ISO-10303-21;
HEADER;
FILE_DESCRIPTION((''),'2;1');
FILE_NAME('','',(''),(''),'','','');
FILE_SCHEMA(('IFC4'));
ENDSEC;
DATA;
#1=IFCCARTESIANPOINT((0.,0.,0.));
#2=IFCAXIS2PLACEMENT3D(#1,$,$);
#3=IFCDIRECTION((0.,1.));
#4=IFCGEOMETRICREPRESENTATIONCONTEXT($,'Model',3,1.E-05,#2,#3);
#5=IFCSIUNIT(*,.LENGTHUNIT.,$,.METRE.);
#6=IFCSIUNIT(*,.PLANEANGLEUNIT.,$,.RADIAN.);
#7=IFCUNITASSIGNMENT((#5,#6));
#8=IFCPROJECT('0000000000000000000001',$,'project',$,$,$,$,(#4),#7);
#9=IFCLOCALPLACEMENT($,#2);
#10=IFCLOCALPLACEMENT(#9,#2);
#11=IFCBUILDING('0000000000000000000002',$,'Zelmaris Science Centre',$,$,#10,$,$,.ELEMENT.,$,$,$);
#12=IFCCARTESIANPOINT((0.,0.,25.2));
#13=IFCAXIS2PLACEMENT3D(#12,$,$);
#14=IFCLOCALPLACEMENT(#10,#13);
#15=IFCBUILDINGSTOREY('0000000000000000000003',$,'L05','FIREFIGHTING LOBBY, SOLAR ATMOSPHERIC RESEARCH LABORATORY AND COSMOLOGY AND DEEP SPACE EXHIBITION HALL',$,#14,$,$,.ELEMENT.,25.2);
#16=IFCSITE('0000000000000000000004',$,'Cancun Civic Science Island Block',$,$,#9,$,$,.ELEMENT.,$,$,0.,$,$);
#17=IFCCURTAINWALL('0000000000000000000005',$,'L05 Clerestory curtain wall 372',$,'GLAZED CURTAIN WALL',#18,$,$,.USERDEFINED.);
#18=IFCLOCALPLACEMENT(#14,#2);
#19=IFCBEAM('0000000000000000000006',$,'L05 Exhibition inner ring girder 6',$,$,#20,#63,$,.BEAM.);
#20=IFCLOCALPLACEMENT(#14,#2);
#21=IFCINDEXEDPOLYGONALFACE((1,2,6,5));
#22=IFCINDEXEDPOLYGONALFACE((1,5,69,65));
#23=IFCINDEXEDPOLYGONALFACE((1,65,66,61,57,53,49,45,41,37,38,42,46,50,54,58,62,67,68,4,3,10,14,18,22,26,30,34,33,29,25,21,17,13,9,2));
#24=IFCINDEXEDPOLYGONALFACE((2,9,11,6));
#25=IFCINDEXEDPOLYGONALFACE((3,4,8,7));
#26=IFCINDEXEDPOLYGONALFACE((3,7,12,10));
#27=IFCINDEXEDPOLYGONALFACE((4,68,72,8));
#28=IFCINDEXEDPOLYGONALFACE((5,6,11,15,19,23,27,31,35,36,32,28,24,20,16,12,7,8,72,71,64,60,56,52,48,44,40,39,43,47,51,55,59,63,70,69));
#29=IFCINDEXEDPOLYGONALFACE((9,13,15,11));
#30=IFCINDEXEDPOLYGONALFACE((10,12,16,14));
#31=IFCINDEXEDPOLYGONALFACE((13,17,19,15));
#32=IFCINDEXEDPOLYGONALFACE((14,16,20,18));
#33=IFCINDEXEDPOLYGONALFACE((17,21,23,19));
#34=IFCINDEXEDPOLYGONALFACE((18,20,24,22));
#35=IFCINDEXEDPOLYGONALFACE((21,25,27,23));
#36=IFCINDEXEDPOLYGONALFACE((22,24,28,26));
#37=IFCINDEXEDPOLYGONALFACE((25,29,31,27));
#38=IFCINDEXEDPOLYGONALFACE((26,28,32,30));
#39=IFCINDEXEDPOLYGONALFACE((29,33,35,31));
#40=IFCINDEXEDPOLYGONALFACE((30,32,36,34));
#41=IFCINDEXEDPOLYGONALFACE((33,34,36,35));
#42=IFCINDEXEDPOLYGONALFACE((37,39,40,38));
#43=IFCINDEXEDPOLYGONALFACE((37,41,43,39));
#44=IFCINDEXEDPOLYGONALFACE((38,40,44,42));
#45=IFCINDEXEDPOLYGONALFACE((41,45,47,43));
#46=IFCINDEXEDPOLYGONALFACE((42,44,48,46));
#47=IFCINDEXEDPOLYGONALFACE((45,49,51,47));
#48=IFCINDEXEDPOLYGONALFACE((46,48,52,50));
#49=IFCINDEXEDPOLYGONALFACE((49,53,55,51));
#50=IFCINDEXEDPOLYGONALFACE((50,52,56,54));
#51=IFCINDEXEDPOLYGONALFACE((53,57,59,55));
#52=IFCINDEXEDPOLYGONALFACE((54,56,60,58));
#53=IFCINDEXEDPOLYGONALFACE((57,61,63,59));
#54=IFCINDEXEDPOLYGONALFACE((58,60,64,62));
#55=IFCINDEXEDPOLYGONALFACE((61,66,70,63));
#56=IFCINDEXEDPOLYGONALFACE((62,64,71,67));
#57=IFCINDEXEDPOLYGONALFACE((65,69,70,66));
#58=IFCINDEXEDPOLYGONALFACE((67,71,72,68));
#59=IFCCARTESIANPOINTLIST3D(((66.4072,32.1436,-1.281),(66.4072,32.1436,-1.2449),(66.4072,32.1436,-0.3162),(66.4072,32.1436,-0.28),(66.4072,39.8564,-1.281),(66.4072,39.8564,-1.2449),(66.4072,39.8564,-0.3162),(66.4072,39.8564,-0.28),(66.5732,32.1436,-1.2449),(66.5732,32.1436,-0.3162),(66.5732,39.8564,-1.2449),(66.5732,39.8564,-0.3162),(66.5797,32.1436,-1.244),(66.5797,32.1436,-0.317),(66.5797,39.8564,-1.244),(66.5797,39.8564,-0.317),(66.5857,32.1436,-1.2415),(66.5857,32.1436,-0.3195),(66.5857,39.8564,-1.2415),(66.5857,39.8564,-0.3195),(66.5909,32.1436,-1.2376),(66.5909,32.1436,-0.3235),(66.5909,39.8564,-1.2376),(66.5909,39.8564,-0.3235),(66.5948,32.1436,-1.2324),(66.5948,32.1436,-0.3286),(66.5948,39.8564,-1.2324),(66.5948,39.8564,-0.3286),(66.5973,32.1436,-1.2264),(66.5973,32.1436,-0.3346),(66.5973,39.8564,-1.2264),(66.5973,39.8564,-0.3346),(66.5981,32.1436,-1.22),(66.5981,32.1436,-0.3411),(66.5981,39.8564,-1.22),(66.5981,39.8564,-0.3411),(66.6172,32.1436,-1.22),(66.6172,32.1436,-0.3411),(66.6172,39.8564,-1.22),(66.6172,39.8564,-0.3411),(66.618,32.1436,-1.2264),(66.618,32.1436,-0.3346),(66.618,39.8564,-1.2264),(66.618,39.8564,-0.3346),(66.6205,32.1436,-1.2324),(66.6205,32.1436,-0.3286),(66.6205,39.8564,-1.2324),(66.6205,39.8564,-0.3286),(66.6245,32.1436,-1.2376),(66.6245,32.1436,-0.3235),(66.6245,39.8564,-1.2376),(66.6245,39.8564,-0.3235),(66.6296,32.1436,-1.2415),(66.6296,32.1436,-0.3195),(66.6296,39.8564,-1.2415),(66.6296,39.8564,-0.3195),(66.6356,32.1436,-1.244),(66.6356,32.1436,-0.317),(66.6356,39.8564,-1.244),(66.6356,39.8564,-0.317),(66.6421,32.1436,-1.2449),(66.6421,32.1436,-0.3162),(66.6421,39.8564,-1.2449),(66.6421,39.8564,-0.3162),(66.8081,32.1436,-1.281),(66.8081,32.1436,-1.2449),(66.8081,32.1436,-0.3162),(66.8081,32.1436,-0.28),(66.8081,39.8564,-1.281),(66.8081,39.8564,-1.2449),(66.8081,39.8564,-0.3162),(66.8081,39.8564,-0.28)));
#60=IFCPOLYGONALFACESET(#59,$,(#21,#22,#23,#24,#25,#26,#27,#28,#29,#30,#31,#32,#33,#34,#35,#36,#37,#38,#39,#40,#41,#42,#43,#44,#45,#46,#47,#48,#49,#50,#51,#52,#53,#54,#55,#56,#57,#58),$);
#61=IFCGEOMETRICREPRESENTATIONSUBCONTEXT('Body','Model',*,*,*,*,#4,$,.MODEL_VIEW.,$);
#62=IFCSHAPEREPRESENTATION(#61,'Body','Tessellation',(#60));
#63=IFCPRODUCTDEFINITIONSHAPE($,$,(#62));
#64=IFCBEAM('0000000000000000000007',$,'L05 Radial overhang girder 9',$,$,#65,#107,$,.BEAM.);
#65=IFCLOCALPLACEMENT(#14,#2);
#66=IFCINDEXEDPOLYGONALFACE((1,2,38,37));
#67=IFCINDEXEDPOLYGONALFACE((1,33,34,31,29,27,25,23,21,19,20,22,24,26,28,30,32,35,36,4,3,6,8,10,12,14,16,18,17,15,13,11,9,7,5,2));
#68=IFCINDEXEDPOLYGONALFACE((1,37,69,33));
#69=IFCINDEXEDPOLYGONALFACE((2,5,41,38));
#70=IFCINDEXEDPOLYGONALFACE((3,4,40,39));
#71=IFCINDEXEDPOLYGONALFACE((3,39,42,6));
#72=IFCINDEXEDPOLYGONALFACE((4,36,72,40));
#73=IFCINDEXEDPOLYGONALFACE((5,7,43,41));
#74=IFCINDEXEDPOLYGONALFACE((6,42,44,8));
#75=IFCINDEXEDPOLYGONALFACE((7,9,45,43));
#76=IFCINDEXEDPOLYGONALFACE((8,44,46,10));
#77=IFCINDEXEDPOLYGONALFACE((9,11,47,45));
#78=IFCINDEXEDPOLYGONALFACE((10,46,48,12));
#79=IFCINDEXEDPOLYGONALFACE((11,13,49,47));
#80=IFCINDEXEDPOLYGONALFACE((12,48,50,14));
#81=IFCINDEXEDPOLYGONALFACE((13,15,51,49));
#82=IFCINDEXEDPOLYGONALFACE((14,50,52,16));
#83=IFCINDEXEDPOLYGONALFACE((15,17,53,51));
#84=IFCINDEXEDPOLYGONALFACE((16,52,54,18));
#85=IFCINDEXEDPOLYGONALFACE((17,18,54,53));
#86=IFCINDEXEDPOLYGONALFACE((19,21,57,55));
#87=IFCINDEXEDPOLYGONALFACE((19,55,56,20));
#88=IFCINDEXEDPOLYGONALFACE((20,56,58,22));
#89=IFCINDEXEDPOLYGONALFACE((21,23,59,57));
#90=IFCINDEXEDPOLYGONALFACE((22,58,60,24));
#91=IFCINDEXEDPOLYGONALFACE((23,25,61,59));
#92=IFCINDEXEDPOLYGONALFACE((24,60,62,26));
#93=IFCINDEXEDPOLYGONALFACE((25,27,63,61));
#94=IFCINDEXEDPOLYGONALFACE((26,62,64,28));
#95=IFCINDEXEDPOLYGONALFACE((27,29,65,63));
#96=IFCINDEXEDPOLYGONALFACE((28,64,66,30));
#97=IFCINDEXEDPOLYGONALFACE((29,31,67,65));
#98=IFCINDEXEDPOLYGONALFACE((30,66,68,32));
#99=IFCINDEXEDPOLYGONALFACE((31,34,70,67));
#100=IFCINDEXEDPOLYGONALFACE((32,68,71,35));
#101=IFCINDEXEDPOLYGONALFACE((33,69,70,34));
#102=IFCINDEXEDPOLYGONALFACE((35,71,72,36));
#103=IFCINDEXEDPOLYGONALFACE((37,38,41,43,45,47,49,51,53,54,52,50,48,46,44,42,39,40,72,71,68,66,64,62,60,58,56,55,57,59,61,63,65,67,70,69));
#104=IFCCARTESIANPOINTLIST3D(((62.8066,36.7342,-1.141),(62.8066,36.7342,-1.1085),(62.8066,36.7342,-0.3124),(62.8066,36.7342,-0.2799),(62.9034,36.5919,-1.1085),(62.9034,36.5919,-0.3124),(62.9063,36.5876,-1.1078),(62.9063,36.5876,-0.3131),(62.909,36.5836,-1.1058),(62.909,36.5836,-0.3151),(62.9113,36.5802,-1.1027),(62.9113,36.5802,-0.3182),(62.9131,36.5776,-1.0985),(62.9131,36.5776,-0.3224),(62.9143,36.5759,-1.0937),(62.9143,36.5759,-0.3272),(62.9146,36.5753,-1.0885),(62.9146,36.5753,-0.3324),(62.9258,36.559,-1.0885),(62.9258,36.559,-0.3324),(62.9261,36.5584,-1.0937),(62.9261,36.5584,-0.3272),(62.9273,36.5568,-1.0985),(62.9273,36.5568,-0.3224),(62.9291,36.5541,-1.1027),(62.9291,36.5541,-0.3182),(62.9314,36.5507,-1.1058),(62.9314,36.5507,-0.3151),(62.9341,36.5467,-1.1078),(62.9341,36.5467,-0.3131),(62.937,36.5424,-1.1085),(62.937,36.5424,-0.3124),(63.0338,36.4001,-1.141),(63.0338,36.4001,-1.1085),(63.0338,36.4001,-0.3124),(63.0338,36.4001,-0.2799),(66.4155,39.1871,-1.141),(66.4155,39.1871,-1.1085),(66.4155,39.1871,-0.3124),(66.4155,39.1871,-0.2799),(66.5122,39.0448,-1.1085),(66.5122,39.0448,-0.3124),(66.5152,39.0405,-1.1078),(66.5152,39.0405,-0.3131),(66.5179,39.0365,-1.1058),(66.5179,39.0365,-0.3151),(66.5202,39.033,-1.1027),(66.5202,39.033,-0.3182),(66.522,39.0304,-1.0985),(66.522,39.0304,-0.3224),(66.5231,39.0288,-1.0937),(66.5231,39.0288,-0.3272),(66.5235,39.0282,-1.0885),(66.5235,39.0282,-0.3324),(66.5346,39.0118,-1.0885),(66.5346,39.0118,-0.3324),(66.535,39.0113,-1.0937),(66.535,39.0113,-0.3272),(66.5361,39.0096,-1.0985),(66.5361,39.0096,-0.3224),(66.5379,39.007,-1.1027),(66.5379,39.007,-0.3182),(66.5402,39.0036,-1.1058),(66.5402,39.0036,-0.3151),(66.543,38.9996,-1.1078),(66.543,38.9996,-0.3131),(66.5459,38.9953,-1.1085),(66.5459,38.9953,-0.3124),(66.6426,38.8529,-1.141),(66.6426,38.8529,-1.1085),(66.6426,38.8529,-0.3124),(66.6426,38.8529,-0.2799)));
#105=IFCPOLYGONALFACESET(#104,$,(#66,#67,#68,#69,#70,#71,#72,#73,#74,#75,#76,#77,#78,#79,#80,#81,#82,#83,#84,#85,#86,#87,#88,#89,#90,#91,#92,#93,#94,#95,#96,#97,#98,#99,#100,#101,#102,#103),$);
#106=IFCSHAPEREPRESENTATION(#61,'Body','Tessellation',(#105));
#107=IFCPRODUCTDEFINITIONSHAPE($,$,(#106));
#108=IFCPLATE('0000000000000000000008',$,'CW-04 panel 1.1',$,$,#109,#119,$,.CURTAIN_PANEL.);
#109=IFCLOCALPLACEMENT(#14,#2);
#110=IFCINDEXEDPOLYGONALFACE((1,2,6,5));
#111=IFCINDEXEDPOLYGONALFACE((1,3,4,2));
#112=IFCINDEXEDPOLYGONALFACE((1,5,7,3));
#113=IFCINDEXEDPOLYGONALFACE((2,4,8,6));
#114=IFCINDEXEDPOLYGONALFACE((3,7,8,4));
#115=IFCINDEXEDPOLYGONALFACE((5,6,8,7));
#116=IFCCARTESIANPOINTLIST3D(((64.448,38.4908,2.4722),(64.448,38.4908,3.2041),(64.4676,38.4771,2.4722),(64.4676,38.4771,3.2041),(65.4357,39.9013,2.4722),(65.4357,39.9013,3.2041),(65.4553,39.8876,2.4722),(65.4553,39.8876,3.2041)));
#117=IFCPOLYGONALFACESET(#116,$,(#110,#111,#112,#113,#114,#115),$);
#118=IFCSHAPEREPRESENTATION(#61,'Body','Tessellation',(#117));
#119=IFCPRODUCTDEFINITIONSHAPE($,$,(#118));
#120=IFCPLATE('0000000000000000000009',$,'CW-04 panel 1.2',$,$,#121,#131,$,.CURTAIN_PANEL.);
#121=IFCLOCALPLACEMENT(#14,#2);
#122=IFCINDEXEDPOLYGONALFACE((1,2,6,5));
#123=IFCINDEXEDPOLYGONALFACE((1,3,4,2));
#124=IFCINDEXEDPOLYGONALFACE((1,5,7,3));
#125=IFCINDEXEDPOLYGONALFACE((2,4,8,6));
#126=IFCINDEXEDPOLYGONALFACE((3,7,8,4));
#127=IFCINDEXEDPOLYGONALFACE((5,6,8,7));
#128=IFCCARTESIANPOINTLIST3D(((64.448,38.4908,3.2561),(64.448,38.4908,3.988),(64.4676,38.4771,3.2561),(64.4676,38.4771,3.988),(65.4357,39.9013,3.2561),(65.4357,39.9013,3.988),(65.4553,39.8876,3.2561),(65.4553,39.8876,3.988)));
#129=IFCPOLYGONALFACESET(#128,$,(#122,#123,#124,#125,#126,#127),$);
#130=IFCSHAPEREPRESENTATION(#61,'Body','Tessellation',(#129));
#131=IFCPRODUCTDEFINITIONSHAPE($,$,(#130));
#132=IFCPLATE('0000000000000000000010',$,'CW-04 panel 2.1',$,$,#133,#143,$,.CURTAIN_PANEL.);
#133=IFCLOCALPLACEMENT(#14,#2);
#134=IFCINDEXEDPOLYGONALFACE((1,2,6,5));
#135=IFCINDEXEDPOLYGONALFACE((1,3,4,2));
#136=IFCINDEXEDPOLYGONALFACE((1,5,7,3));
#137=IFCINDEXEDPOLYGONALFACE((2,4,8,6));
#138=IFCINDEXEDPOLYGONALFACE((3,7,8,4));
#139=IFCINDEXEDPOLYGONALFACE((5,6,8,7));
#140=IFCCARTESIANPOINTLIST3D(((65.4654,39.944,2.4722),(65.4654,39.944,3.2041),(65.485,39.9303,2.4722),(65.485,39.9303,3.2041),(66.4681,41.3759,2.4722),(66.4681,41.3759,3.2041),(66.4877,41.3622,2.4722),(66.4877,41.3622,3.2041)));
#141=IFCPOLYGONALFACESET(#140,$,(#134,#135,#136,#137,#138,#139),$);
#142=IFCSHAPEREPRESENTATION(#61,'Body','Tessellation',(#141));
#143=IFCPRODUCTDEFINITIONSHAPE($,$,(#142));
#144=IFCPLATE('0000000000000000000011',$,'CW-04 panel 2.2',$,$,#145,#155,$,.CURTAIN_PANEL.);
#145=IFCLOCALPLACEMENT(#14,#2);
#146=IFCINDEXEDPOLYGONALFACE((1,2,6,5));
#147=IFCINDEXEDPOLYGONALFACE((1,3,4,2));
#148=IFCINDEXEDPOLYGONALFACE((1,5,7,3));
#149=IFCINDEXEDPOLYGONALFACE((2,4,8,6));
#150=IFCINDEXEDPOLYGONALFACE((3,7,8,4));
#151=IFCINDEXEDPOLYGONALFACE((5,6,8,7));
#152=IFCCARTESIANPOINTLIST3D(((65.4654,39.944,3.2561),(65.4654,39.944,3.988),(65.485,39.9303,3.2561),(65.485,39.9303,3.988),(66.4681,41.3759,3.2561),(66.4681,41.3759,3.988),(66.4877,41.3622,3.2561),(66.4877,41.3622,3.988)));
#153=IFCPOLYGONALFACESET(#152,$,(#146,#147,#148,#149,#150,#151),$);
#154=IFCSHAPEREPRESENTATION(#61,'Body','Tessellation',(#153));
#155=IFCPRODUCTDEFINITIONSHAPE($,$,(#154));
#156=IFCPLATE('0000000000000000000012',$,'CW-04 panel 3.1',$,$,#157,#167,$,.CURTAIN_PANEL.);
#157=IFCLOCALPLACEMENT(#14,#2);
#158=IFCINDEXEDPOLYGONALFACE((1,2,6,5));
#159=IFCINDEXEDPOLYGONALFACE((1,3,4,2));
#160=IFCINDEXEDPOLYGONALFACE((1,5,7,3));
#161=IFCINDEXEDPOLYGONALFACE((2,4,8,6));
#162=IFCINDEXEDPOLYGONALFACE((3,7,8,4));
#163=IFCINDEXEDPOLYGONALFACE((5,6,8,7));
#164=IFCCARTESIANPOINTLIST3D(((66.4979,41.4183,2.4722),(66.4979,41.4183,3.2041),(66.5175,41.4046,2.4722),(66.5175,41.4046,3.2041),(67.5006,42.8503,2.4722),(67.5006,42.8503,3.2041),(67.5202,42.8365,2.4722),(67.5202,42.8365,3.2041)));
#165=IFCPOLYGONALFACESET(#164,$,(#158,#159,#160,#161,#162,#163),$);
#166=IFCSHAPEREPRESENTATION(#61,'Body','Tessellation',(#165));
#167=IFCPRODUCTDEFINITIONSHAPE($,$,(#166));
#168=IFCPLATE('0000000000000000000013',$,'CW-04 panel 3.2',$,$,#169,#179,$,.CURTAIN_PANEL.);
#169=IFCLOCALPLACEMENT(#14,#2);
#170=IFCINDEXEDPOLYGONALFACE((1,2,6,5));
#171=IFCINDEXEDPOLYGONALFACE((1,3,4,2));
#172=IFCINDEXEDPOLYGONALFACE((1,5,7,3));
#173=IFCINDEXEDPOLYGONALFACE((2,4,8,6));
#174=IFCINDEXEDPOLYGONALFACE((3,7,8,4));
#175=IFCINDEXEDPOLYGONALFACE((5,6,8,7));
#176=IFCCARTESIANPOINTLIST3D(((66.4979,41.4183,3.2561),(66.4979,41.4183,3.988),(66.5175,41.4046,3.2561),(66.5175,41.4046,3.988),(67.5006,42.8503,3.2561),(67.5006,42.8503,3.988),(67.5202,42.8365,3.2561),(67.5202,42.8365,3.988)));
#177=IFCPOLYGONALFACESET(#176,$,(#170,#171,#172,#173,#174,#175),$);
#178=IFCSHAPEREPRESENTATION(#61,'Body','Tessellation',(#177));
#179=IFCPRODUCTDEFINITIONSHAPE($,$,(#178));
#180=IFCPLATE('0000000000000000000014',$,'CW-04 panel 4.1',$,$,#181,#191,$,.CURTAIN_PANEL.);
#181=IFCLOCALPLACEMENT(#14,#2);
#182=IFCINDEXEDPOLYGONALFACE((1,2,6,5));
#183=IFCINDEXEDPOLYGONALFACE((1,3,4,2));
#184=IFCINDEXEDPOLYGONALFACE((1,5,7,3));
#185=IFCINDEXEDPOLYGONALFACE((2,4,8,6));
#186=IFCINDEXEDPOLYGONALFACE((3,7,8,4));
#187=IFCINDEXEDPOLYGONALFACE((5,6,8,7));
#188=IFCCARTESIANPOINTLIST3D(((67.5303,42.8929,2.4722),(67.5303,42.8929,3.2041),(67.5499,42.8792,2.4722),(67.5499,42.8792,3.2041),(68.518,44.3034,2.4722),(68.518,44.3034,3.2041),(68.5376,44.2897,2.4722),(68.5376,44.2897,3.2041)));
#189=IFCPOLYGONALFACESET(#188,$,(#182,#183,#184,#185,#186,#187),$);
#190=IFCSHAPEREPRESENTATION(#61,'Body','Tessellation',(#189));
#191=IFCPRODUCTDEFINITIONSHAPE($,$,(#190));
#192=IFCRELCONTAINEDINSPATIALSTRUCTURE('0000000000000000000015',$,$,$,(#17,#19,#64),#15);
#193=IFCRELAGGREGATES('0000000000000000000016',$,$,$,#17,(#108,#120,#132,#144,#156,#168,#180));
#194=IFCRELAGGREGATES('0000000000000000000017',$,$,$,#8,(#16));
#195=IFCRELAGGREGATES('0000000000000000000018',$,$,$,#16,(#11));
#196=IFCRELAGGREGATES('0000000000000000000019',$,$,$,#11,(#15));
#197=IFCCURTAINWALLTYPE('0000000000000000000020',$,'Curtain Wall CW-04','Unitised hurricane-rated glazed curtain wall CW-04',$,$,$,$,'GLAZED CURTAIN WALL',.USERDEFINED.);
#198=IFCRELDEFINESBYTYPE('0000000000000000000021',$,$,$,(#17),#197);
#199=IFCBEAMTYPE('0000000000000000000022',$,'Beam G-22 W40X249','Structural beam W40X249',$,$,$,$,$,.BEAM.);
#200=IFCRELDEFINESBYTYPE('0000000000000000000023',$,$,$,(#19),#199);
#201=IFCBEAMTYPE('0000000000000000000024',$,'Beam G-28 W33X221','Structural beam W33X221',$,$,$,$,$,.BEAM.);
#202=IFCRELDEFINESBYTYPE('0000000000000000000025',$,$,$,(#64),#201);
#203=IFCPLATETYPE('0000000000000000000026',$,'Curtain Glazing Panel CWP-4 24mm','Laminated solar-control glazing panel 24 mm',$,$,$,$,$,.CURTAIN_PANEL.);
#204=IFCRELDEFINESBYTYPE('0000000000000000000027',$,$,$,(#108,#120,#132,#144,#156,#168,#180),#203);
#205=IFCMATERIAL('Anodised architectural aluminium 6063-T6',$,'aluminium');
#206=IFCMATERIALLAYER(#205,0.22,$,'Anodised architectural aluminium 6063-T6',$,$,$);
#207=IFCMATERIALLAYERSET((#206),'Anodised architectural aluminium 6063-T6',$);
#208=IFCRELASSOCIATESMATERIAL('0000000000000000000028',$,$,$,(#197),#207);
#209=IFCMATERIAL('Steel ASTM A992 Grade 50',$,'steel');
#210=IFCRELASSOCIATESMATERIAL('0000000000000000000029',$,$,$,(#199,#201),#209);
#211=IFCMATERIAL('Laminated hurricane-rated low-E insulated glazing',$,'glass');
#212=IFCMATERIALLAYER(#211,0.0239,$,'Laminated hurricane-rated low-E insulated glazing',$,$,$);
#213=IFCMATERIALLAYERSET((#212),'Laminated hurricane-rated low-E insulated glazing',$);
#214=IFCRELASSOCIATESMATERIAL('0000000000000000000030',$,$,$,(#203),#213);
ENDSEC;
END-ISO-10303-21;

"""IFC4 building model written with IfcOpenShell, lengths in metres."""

from ifc_helpers import new_model, si_unit, direction, frame, origin, origin_2d, place, context, subcontext, project, spatial, rectangle, i_section, extrude, material, layer, layer_set, material_profile, profile_set, type_object, element, aggregate, save


model = new_model("IFC4")

# Units and contexts
model_context = context("Model", 3, precision=1e-05, world=origin(), true_north=direction((0.0, 1.0)))
body_context = subcontext(model_context, "Body", "Model", "MODEL_VIEW")
ifc_project = project(units=[si_unit("LENGTHUNIT", "METRE"), si_unit("PLANEANGLEUNIT", "RADIAN")], contexts=[model_context])

# Site, building, storey
site_placement = place(None, origin())
site = spatial("IfcSite", under=ifc_project, at=site_placement, Name="Cancun Civic Science Island Block", CompositionType="ELEMENT", RefElevation=0.0)
building_placement = place(site_placement, origin())
building = spatial("IfcBuilding", under=site, at=building_placement, Name="Zelmaris Science Centre", CompositionType="ELEMENT")
storey_placement = place(building_placement, frame((0.0, 0.0, 25.2)))
storey = spatial("IfcBuildingStorey", under=building, at=storey_placement, Name="L05", Description="FIREFIGHTING LOBBY, SOLAR ATMOSPHERIC RESEARCH LABORATORY AND COSMOLOGY AND DEEP SPACE EXHIBITION HALL", CompositionType="ELEMENT", Elevation=25.2)

# Shared definitions
ifc_material_1 = material(Name="Steel ASTM A992 Grade 50", Category="steel")

# Curtain wall
ifc_material_2 = material(Name="Anodised architectural aluminium 6063-T6", Category="aluminium")
ifc_layer_1 = layer(ifc_material_2, 0.22, Name="Anodised architectural aluminium 6063-T6")
ifc_layer_set_1 = layer_set([ifc_layer_1], Name="Anodised architectural aluminium 6063-T6")
curtain_wall_type = type_object("IfcCurtainWallType", Name="Curtain Wall CW-04", Description="Unitised hurricane-rated glazed curtain wall CW-04", ElementType="GLAZED CURTAIN WALL", PredefinedType="USERDEFINED", material=ifc_layer_set_1)
curtain_wall_placement = place(storey_placement, origin())
curtain_wall = element("IfcCurtainWall", 1, at=curtain_wall_placement, inside=storey, type_object=curtain_wall_type, Name="L05 Clerestory curtain wall 372", ObjectType="GLAZED CURTAIN WALL", PredefinedType="USERDEFINED")

# Beams
ifc_material_profile_1 = material_profile(ifc_material_1, i_section(OverallWidth=0.4009, OverallDepth=1.001, WebThickness=0.019, FlangeThickness=0.0361, FilletRadius=0.0249, at=origin_2d()), Name="W40X249")
ifc_profile_set_1 = profile_set([ifc_material_profile_1], Name="Steel ASTM A992 Grade 50")
beam_type_1 = type_object("IfcBeamType", Name="Beam G-22 W40X249", Description="Structural beam W40X249", PredefinedType="BEAM", material=ifc_profile_set_1)
beam_1_placement = place(storey_placement, frame((66.6077, 39.8564, -0.7805), z_axis=(0.0, -1.0, 0.0), x_axis=(1.0, 0.0, 0.0)))
element("IfcBeam", 2, at=beam_1_placement, inside=storey, type_object=beam_type_1, Name="L05 Exhibition inner ring girder 6", PredefinedType="BEAM", context=body_context, shape_type="SweptSolid", body=[
    extrude(i_section(OverallWidth=0.4009, OverallDepth=1.001, WebThickness=0.019, FlangeThickness=0.0361, FilletRadius=0.0249, at=origin_2d()), origin(), (0.0, 0.0, 1.0), 7.7129),
])
ifc_material_profile_2 = material_profile(ifc_material_1, i_section(OverallWidth=0.4041, OverallDepth=0.8611, WebThickness=0.0198, FlangeThickness=0.0325, FilletRadius=0.02, at=origin_2d()), Name="W33X221")
ifc_profile_set_2 = profile_set([ifc_material_profile_2], Name="Steel ASTM A992 Grade 50")
beam_type_2 = type_object("IfcBeamType", Name="Beam G-28 W33X221", Description="Structural beam W33X221", PredefinedType="BEAM", material=ifc_profile_set_2)
beam_2_placement = place(storey_placement, frame((66.5291, 39.02, -0.7104), z_axis=(-0.82705, -0.562128, 0.0), x_axis=(0.562128, -0.82705, 0.0)))
element("IfcBeam", 3, at=beam_2_placement, inside=storey, type_object=beam_type_2, Name="L05 Radial overhang girder 9", PredefinedType="BEAM", context=body_context, shape_type="SweptSolid", body=[
    extrude(i_section(OverallWidth=0.4041, OverallDepth=0.8611, WebThickness=0.0198, FlangeThickness=0.0325, FilletRadius=0.02, at=origin_2d()), origin(), (0.0, 0.0, 1.0), 4.3635),
])

# Plates
ifc_material_3 = material(Name="Laminated hurricane-rated low-E insulated glazing", Category="glass")
ifc_layer_2 = layer(ifc_material_3, 0.0239, Name="Laminated hurricane-rated low-E insulated glazing")
ifc_layer_set_2 = layer_set([ifc_layer_2], Name="Laminated hurricane-rated low-E insulated glazing")
plate_type_1 = type_object("IfcPlateType", Name="Curtain Glazing Panel CWP-4 24mm", Description="Laminated solar-control glazing panel 24 mm", PredefinedType="CURTAIN_PANEL", material=ifc_layer_set_2)
plate_1_placement = place(storey_placement, frame((64.9517, 39.1892, 2.4722), z_axis=(0.0, 0.0, 1.0), x_axis=(0.573575, 0.819153, 0.0)))
plate_1 = element("IfcPlate", 4, at=plate_1_placement, type_object=plate_type_1, Name="CW-04 panel 1.1", PredefinedType="CURTAIN_PANEL", context=body_context, shape_type="SweptSolid", body=[
    extrude(rectangle(XDim=1.7219, YDim=0.0239, at=origin_2d()), origin(), (0.0, 0.0, 1.0), 0.7319),
])
plate_2_placement = place(storey_placement, frame((64.9517, 39.1892, 3.2561), z_axis=(0.0, 0.0, 1.0), x_axis=(0.573575, 0.819153, 0.0)))
plate_2 = element("IfcPlate", 5, at=plate_2_placement, type_object=plate_type_1, Name="CW-04 panel 1.2", PredefinedType="CURTAIN_PANEL", context=body_context, shape_type="SweptSolid", body=[
    extrude(rectangle(XDim=1.7219, YDim=0.0239, at=origin_2d()), origin(), (0.0, 0.0, 1.0), 0.7319),
])
plate_3_placement = place(storey_placement, frame((65.9766, 40.6531, 2.4722), z_axis=(0.0, 0.0, 1.0), x_axis=(0.573575, 0.819153, 0.0)))
plate_3 = element("IfcPlate", 6, at=plate_3_placement, type_object=plate_type_1, Name="CW-04 panel 2.1", PredefinedType="CURTAIN_PANEL", context=body_context, shape_type="SweptSolid", body=[
    extrude(rectangle(XDim=1.748, YDim=0.0239, at=origin_2d()), origin(), (0.0, 0.0, 1.0), 0.7319),
])
plate_4_placement = place(storey_placement, frame((65.9766, 40.6531, 3.2561), z_axis=(0.0, 0.0, 1.0), x_axis=(0.573575, 0.819153, 0.0)))
plate_4 = element("IfcPlate", 7, at=plate_4_placement, type_object=plate_type_1, Name="CW-04 panel 2.2", PredefinedType="CURTAIN_PANEL", context=body_context, shape_type="SweptSolid", body=[
    extrude(rectangle(XDim=1.748, YDim=0.0239, at=origin_2d()), origin(), (0.0, 0.0, 1.0), 0.7319),
])
plate_5_placement = place(storey_placement, frame((67.009, 42.1274, 2.4722), z_axis=(0.0, 0.0, 1.0), x_axis=(0.573575, 0.819153, 0.0)))
plate_5 = element("IfcPlate", 8, at=plate_5_placement, type_object=plate_type_1, Name="CW-04 panel 3.1", PredefinedType="CURTAIN_PANEL", context=body_context, shape_type="SweptSolid", body=[
    extrude(rectangle(XDim=1.748, YDim=0.0239, at=origin_2d()), origin(), (0.0, 0.0, 1.0), 0.7319),
])
plate_6_placement = place(storey_placement, frame((67.009, 42.1274, 3.2561), z_axis=(0.0, 0.0, 1.0), x_axis=(0.573575, 0.819153, 0.0)))
plate_6 = element("IfcPlate", 9, at=plate_6_placement, type_object=plate_type_1, Name="CW-04 panel 3.2", PredefinedType="CURTAIN_PANEL", context=body_context, shape_type="SweptSolid", body=[
    extrude(rectangle(XDim=1.748, YDim=0.0239, at=origin_2d()), origin(), (0.0, 0.0, 1.0), 0.7319),
])
plate_7_placement = place(storey_placement, frame((68.0339, 43.5913, 2.4722), z_axis=(0.0, 0.0, 1.0), x_axis=(0.573575, 0.819153, 0.0)))
plate_7 = element("IfcPlate", 10, at=plate_7_placement, type_object=plate_type_1, Name="CW-04 panel 4.1", PredefinedType="CURTAIN_PANEL", context=body_context, shape_type="SweptSolid", body=[
    extrude(rectangle(XDim=1.7219, YDim=0.0239, at=origin_2d()), origin(), (0.0, 0.0, 1.0), 0.7319),
])
aggregate(curtain_wall, [plate_1, plate_2, plate_3, plate_4, plate_5, plate_6, plate_7])

save(model, "model.ifc")
